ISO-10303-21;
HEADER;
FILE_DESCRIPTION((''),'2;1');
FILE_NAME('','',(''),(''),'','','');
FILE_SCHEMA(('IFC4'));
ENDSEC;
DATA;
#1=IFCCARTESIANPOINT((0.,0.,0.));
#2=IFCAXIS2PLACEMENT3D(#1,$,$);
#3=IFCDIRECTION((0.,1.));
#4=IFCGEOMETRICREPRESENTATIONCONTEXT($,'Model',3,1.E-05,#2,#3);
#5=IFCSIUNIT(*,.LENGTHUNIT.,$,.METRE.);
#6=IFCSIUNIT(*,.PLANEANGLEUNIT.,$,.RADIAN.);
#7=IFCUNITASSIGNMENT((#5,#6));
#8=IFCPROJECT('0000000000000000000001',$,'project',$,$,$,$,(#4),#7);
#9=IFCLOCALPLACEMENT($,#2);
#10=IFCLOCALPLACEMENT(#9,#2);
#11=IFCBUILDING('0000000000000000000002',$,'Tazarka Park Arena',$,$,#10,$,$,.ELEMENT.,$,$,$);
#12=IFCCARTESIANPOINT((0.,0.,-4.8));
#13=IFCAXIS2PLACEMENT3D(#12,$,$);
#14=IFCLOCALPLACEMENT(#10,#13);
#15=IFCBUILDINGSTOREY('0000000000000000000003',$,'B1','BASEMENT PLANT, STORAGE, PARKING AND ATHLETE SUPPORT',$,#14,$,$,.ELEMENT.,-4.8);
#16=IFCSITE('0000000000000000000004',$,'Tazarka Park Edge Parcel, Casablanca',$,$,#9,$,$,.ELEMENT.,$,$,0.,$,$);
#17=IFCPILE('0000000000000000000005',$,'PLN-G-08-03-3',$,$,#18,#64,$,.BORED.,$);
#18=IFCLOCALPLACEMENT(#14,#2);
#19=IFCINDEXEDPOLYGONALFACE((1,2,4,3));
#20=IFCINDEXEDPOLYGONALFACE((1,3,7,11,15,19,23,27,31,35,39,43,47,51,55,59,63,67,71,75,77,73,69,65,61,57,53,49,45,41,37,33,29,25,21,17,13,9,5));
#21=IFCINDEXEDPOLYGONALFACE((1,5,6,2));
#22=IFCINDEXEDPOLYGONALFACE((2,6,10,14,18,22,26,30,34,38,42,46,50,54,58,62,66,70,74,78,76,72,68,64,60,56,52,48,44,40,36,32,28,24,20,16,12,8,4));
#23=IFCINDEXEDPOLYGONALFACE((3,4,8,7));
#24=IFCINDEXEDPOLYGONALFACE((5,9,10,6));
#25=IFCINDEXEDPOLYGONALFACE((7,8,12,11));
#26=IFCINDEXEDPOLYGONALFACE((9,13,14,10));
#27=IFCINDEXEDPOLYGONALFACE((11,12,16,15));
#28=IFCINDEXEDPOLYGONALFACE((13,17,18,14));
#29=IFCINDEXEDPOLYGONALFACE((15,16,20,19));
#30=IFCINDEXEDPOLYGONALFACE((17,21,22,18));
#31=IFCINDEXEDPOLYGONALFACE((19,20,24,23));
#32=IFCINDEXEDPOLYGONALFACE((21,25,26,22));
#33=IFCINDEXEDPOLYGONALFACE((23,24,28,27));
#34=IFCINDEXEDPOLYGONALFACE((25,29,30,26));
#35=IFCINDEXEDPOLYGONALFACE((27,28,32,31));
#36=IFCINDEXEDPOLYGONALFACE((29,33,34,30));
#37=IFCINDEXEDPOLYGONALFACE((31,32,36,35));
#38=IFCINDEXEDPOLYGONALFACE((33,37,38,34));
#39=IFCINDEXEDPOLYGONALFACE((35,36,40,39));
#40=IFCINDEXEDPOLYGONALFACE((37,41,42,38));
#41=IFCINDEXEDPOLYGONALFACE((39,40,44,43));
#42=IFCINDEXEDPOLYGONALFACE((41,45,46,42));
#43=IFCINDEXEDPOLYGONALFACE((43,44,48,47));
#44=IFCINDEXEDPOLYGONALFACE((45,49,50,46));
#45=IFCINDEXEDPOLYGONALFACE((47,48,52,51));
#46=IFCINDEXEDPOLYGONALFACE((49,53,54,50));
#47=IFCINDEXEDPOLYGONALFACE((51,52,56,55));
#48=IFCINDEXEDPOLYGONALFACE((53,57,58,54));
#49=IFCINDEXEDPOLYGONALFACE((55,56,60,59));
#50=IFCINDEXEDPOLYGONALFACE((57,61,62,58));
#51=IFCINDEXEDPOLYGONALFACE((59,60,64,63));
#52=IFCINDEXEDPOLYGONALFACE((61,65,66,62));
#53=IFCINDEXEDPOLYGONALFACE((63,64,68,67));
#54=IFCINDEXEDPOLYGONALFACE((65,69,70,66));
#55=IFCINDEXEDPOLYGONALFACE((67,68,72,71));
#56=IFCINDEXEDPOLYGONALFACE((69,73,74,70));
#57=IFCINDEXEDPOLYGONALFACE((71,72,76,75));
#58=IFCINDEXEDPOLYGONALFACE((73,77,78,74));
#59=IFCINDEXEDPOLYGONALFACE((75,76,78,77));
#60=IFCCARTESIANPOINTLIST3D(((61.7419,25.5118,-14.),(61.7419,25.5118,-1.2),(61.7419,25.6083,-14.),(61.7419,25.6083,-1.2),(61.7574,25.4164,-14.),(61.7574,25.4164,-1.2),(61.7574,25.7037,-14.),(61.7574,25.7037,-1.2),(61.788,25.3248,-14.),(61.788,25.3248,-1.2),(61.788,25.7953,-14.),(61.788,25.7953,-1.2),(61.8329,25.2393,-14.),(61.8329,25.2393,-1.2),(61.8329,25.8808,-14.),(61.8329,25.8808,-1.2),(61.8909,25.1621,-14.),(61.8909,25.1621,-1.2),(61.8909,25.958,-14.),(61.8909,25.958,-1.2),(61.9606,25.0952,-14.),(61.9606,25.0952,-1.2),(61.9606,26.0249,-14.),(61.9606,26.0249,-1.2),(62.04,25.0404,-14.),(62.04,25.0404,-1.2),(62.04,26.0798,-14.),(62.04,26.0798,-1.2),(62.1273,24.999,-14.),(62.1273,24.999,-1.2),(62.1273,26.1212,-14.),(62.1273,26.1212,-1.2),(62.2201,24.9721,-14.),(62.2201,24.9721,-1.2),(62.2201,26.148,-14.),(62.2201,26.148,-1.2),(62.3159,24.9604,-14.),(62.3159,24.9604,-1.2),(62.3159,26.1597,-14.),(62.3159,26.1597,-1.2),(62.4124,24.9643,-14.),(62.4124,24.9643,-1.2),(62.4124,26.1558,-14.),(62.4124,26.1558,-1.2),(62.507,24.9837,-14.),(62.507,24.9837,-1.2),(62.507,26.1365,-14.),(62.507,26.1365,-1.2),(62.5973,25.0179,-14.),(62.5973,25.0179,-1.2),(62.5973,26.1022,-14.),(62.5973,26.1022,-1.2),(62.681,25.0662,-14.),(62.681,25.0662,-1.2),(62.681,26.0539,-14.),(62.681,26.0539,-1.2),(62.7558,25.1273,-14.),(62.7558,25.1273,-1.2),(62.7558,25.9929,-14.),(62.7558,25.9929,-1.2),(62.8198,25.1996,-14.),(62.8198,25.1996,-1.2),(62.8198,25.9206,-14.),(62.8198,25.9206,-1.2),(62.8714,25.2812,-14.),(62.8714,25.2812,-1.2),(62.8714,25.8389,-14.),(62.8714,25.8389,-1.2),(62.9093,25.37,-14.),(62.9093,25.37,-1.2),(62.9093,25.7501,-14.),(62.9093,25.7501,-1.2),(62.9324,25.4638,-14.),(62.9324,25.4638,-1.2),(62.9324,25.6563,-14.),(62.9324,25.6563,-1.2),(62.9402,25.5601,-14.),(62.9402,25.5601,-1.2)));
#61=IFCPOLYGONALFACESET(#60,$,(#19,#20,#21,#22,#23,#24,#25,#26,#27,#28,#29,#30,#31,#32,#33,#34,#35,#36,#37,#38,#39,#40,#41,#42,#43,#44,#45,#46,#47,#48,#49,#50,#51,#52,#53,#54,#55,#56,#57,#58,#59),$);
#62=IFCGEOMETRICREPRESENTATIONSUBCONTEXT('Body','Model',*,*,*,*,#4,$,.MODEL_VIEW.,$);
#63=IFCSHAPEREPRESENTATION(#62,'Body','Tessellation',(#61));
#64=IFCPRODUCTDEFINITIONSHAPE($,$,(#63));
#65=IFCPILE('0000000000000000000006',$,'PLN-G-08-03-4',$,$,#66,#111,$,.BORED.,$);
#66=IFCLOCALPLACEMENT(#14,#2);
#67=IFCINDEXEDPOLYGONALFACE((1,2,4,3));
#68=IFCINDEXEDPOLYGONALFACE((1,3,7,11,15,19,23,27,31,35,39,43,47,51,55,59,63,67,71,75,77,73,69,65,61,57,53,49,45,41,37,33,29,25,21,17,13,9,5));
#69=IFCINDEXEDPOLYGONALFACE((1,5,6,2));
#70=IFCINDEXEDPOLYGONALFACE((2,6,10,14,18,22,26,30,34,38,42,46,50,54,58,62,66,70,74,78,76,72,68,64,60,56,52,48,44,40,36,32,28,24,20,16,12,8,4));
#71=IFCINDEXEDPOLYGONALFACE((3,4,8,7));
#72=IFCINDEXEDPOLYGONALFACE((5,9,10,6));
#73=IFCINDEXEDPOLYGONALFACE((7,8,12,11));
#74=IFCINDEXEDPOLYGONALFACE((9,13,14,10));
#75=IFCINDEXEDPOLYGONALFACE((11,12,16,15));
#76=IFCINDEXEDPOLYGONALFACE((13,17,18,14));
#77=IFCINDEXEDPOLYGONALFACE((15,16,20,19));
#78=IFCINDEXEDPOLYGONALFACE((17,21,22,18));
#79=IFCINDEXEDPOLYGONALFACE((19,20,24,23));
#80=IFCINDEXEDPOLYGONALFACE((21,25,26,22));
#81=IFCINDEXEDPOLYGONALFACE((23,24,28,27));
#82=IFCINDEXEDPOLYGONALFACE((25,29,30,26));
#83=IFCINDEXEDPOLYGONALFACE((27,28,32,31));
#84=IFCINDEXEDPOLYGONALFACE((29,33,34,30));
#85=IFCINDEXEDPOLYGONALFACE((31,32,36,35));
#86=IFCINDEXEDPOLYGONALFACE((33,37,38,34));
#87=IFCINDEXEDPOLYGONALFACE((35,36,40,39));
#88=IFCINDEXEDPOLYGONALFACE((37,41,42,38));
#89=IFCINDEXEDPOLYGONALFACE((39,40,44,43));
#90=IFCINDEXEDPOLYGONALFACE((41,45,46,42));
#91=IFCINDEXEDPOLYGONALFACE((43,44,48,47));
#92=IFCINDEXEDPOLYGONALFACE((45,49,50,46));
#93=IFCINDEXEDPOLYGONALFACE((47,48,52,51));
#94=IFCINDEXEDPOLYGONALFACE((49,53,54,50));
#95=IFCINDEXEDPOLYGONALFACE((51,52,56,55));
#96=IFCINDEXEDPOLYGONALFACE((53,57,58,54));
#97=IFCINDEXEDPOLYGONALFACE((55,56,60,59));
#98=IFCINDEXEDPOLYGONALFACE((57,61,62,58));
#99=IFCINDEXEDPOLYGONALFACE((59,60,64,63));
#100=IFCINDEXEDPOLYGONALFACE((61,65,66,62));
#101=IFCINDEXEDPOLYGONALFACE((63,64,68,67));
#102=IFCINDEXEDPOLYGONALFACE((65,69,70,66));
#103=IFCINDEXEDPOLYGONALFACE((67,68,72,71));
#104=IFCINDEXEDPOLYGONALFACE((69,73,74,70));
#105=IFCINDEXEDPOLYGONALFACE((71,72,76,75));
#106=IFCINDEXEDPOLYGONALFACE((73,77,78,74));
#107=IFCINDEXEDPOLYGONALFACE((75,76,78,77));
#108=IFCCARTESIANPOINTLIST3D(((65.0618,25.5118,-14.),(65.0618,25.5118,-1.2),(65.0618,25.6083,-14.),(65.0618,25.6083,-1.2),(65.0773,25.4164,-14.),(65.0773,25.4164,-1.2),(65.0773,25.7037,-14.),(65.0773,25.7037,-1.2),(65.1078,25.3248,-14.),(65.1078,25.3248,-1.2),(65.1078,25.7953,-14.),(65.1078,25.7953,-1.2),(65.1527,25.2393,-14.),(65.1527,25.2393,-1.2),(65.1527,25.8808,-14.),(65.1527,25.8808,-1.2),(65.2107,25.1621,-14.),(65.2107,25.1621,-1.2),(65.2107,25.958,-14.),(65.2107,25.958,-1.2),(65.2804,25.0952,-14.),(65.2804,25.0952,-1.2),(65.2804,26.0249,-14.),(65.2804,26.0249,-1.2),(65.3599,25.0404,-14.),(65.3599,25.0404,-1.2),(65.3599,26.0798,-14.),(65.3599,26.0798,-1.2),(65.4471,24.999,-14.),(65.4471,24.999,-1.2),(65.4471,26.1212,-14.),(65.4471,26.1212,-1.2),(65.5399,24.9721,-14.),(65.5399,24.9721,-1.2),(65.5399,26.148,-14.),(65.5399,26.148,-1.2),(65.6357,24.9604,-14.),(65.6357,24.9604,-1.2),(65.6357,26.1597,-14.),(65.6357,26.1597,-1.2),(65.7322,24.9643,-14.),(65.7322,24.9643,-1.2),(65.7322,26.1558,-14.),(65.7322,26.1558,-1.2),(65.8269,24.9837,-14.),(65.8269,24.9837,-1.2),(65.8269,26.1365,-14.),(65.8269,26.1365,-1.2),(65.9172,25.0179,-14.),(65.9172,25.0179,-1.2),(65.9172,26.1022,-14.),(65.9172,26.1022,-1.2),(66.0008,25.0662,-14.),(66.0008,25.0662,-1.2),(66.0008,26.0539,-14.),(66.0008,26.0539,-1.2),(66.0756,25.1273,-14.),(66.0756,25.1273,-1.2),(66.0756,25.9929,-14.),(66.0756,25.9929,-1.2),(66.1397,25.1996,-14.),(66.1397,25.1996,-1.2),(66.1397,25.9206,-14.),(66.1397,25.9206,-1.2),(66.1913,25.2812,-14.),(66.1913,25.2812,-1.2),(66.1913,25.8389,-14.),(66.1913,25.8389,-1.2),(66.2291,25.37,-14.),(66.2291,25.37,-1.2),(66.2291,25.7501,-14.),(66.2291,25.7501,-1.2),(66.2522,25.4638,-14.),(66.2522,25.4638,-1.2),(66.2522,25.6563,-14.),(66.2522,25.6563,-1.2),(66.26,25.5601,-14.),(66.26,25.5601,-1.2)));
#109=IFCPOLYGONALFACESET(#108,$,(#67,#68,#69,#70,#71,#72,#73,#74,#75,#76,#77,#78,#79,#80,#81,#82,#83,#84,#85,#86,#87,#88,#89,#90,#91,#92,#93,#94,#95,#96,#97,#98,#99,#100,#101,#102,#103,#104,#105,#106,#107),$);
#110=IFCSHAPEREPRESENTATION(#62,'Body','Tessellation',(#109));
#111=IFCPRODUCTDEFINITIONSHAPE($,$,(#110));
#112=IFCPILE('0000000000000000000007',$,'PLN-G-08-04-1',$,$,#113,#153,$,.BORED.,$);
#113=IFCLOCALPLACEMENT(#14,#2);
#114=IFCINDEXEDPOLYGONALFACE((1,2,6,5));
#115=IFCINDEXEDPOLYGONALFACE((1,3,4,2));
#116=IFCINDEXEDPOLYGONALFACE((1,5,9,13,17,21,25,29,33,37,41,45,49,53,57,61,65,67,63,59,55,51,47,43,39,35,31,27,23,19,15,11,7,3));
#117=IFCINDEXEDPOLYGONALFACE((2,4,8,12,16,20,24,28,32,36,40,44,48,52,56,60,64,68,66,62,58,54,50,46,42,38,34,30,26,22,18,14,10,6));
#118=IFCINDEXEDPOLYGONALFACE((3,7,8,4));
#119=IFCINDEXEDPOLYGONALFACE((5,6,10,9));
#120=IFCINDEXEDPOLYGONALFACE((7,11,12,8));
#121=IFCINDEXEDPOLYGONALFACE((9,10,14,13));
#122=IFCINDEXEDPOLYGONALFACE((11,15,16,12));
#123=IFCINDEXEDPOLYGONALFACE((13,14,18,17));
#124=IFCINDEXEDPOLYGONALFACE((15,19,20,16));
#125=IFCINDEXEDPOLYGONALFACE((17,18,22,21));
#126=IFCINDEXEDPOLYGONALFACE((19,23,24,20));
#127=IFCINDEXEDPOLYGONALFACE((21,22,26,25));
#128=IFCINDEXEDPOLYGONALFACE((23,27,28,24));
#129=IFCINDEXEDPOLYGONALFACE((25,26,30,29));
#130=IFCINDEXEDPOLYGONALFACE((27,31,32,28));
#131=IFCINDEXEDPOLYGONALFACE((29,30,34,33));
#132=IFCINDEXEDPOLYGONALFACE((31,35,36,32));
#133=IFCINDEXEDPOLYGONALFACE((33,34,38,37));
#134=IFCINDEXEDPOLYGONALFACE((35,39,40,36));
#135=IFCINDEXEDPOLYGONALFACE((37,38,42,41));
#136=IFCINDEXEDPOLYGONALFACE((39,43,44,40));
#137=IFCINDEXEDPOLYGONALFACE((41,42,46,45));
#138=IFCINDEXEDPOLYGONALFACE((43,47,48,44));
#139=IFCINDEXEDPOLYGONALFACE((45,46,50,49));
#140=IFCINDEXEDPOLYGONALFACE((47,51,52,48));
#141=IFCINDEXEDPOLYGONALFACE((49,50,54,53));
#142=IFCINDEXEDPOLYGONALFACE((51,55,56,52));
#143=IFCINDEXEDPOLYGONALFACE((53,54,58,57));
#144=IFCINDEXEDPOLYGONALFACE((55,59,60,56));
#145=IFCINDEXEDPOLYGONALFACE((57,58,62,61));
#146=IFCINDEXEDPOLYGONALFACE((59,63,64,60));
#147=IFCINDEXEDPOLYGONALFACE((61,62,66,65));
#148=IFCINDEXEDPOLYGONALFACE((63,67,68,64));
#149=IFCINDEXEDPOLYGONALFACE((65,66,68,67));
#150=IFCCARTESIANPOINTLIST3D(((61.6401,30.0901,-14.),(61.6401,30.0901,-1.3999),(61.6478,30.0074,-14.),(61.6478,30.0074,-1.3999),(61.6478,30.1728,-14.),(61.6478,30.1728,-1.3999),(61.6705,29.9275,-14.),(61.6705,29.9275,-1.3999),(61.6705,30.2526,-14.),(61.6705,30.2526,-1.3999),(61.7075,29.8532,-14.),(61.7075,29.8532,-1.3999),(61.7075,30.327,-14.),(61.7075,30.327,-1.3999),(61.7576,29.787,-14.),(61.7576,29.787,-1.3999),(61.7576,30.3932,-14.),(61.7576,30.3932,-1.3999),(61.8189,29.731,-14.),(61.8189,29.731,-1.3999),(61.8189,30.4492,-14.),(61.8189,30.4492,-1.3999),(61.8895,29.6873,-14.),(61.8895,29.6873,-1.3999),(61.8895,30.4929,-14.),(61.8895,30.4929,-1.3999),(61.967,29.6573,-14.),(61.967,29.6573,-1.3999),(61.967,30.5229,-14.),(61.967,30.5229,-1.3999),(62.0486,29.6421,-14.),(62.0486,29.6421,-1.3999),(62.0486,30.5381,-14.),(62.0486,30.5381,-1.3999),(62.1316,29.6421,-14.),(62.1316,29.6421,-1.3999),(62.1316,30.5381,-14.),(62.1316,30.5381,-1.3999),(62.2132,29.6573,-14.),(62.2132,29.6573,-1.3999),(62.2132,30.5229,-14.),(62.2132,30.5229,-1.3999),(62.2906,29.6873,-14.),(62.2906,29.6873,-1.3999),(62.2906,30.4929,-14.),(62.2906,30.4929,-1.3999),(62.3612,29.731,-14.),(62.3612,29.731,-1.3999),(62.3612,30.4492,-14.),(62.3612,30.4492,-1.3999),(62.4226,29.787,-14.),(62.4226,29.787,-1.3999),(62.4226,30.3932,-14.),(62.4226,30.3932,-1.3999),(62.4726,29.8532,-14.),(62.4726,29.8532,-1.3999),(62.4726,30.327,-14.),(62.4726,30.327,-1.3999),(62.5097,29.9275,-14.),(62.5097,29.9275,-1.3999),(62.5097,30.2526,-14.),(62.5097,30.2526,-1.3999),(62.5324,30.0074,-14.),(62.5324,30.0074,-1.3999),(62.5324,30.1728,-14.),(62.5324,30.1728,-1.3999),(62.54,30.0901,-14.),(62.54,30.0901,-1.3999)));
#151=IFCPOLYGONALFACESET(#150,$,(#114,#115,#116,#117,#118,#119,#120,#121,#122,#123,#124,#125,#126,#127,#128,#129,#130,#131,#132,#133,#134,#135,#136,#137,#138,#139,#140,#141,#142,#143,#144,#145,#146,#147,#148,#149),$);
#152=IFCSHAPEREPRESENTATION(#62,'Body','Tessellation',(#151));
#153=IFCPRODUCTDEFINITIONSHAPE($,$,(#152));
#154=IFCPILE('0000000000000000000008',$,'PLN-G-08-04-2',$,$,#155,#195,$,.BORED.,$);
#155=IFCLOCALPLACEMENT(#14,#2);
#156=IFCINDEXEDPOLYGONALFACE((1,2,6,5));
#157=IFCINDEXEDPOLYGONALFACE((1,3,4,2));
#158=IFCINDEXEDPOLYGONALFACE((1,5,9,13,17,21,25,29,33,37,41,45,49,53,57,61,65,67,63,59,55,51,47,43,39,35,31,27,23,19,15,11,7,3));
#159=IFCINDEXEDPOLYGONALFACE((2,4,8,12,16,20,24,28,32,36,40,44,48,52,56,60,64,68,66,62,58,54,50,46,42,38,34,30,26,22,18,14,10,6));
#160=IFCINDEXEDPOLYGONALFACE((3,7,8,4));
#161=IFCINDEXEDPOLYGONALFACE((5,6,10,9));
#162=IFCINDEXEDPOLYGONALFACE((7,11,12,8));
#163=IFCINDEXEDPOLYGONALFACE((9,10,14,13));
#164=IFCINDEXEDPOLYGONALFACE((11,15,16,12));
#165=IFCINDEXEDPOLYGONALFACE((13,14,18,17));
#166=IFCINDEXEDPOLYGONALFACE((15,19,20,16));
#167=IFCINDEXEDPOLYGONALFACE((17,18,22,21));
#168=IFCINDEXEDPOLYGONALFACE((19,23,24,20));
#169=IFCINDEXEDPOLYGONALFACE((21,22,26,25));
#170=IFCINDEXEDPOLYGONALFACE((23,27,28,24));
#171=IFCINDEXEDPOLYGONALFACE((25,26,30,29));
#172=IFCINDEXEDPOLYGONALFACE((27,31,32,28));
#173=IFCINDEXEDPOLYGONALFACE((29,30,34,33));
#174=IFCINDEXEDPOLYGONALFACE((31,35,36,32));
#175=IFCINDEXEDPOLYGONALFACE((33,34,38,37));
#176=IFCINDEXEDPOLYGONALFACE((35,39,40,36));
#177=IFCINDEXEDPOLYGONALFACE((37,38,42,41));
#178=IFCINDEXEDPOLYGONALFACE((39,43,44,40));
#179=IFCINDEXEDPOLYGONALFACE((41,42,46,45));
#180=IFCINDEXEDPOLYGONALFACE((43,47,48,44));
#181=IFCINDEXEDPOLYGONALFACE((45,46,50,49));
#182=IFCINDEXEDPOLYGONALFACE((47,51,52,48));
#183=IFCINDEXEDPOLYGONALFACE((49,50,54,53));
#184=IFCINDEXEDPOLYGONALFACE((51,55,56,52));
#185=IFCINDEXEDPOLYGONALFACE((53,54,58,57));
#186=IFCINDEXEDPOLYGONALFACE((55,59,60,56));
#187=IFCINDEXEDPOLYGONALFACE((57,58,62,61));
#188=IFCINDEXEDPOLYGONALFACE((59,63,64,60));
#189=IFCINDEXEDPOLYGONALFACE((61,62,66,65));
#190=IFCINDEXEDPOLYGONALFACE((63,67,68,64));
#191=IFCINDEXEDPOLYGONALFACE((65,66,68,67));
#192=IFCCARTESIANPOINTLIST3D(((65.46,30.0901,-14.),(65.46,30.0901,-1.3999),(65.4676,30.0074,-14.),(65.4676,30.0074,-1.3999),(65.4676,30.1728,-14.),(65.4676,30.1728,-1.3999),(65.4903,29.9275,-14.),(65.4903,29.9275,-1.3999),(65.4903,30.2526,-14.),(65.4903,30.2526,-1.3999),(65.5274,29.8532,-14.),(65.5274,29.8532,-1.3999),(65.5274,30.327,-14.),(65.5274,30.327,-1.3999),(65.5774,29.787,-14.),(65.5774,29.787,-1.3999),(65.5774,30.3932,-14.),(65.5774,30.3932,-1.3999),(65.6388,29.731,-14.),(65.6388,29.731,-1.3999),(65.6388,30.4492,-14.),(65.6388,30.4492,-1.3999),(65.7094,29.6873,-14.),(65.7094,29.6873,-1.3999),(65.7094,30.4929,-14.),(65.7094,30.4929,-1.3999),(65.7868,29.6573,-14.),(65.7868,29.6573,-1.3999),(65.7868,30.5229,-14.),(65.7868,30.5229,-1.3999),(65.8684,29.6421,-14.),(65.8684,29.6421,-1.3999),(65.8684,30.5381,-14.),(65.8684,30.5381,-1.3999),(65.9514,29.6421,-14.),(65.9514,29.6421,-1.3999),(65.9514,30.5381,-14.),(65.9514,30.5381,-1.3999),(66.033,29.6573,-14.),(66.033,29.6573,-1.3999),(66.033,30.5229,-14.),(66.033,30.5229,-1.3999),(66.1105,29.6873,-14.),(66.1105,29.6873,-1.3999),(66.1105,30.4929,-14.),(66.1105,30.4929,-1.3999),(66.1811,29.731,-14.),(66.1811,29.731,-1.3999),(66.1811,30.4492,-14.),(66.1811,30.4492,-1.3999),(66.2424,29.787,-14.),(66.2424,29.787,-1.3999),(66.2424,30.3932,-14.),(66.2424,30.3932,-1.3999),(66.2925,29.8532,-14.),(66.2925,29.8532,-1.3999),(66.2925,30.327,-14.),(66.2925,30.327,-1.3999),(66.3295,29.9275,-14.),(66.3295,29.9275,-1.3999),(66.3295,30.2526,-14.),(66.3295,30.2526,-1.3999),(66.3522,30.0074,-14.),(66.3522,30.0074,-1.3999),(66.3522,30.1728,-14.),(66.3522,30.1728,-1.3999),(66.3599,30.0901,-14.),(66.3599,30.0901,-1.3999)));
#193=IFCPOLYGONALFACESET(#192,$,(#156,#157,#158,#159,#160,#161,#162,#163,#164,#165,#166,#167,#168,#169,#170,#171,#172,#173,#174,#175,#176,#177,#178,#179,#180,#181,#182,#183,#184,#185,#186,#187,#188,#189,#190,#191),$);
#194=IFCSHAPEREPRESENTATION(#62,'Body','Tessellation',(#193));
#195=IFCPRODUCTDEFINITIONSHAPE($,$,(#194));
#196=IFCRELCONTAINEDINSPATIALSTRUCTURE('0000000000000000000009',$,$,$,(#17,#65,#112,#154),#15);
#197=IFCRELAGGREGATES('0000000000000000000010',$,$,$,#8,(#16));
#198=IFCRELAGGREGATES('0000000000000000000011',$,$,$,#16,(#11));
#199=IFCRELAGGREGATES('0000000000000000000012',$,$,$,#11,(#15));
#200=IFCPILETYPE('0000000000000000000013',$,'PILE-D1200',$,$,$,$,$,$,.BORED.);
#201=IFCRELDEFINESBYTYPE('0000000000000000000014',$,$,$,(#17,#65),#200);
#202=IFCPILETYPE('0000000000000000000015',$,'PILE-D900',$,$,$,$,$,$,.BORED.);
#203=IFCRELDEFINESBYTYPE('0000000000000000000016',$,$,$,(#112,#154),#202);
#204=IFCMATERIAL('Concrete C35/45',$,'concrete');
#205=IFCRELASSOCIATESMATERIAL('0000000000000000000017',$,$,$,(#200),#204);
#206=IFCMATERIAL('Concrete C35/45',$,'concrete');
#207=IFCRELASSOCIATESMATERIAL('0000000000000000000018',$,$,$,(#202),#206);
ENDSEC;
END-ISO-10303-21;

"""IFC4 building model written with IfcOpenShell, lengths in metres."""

from ifc_helpers import new_model, si_unit, direction, frame, origin, origin_2d, place, context, subcontext, project, spatial, circle, extrude, material, material_profile, profile_set, type_object, element, save


model = new_model("IFC4")

# Units and contexts
model_context = context("Model", 3, precision=1e-05, world=origin(), true_north=direction((0.0, 1.0)))
body_context = subcontext(model_context, "Body", "Model", "MODEL_VIEW")
ifc_project = project(units=[si_unit("LENGTHUNIT", "METRE"), si_unit("PLANEANGLEUNIT", "RADIAN")], contexts=[model_context])

# Site, building, storey
site_placement = place(None, origin())
site = spatial("IfcSite", under=ifc_project, at=site_placement, Name="Tazarka Park Edge Parcel, Casablanca", CompositionType="ELEMENT", RefElevation=0.0)
building_placement = place(site_placement, origin())
building = spatial("IfcBuilding", under=site, at=building_placement, Name="Tazarka Park Arena", CompositionType="ELEMENT")
storey_placement = place(building_placement, frame((0.0, 0.0, -4.8)))
storey = spatial("IfcBuildingStorey", under=building, at=storey_placement, Name="B1", Description="BASEMENT PLANT, STORAGE, PARKING AND ATHLETE SUPPORT", CompositionType="ELEMENT", Elevation=-4.8)

# Piles
ifc_material_1 = material(Name="Concrete C35/45", Category="concrete")
ifc_material_profile_1 = material_profile(ifc_material_1, circle(Radius=0.6001, at=origin_2d()), Name="Concrete C35/45")
ifc_profile_set_1 = profile_set([ifc_material_profile_1], Name="Concrete C35/45")
pile_type_1 = type_object("IfcPileType", Name="PILE-D1200", PredefinedType="BORED", material=ifc_profile_set_1)
for number, where, z_axis, x_axis, name in (
    (1, (62.3401, 25.5601, -1.2), (0.0, 0.0, -1.0), (1.0, 0.0, 0.0), "PLN-G-08-03-3"),
    (2, (65.6599, 25.5601, -1.2), (0.0, 0.0, -1.0), (1.0, 0.0, 0.0), "PLN-G-08-03-4"),
):
    element("IfcPile", number, at=place(storey_placement, frame(where, z_axis=z_axis, x_axis=x_axis)), inside=storey, type_object=pile_type_1, Name=name, PredefinedType="BORED", context=body_context, shape_type="SweptSolid", body=[
        extrude(circle(Radius=0.6001, at=origin_2d()), origin(), (0.0, 0.0, 1.0), 12.8),
    ])
ifc_material_2 = material(Name="Concrete C35/45", Category="concrete")
ifc_material_profile_2 = material_profile(ifc_material_2, circle(Radius=0.45, at=origin_2d()), Name="Concrete C35/45")
ifc_profile_set_2 = profile_set([ifc_material_profile_2], Name="Concrete C35/45")
pile_type_2 = type_object("IfcPileType", Name="PILE-D900", PredefinedType="BORED", material=ifc_profile_set_2)
for number, where, z_axis, x_axis, name in (
    (3, (62.0901, 30.0901, -1.3999), (0.0, 0.0, -1.0), (1.0, 0.0, 0.0), "PLN-G-08-04-1"),
    (4, (65.9099, 30.0901, -1.3999), (0.0, 0.0, -1.0), (1.0, 0.0, 0.0), "PLN-G-08-04-2"),
):
    element("IfcPile", number, at=place(storey_placement, frame(where, z_axis=z_axis, x_axis=x_axis)), inside=storey, type_object=pile_type_2, Name=name, PredefinedType="BORED", context=body_context, shape_type="SweptSolid", body=[
        extrude(circle(Radius=0.45, at=origin_2d()), origin(), (0.0, 0.0, 1.0), 12.6001),
    ])

save(model, "model.ifc")
